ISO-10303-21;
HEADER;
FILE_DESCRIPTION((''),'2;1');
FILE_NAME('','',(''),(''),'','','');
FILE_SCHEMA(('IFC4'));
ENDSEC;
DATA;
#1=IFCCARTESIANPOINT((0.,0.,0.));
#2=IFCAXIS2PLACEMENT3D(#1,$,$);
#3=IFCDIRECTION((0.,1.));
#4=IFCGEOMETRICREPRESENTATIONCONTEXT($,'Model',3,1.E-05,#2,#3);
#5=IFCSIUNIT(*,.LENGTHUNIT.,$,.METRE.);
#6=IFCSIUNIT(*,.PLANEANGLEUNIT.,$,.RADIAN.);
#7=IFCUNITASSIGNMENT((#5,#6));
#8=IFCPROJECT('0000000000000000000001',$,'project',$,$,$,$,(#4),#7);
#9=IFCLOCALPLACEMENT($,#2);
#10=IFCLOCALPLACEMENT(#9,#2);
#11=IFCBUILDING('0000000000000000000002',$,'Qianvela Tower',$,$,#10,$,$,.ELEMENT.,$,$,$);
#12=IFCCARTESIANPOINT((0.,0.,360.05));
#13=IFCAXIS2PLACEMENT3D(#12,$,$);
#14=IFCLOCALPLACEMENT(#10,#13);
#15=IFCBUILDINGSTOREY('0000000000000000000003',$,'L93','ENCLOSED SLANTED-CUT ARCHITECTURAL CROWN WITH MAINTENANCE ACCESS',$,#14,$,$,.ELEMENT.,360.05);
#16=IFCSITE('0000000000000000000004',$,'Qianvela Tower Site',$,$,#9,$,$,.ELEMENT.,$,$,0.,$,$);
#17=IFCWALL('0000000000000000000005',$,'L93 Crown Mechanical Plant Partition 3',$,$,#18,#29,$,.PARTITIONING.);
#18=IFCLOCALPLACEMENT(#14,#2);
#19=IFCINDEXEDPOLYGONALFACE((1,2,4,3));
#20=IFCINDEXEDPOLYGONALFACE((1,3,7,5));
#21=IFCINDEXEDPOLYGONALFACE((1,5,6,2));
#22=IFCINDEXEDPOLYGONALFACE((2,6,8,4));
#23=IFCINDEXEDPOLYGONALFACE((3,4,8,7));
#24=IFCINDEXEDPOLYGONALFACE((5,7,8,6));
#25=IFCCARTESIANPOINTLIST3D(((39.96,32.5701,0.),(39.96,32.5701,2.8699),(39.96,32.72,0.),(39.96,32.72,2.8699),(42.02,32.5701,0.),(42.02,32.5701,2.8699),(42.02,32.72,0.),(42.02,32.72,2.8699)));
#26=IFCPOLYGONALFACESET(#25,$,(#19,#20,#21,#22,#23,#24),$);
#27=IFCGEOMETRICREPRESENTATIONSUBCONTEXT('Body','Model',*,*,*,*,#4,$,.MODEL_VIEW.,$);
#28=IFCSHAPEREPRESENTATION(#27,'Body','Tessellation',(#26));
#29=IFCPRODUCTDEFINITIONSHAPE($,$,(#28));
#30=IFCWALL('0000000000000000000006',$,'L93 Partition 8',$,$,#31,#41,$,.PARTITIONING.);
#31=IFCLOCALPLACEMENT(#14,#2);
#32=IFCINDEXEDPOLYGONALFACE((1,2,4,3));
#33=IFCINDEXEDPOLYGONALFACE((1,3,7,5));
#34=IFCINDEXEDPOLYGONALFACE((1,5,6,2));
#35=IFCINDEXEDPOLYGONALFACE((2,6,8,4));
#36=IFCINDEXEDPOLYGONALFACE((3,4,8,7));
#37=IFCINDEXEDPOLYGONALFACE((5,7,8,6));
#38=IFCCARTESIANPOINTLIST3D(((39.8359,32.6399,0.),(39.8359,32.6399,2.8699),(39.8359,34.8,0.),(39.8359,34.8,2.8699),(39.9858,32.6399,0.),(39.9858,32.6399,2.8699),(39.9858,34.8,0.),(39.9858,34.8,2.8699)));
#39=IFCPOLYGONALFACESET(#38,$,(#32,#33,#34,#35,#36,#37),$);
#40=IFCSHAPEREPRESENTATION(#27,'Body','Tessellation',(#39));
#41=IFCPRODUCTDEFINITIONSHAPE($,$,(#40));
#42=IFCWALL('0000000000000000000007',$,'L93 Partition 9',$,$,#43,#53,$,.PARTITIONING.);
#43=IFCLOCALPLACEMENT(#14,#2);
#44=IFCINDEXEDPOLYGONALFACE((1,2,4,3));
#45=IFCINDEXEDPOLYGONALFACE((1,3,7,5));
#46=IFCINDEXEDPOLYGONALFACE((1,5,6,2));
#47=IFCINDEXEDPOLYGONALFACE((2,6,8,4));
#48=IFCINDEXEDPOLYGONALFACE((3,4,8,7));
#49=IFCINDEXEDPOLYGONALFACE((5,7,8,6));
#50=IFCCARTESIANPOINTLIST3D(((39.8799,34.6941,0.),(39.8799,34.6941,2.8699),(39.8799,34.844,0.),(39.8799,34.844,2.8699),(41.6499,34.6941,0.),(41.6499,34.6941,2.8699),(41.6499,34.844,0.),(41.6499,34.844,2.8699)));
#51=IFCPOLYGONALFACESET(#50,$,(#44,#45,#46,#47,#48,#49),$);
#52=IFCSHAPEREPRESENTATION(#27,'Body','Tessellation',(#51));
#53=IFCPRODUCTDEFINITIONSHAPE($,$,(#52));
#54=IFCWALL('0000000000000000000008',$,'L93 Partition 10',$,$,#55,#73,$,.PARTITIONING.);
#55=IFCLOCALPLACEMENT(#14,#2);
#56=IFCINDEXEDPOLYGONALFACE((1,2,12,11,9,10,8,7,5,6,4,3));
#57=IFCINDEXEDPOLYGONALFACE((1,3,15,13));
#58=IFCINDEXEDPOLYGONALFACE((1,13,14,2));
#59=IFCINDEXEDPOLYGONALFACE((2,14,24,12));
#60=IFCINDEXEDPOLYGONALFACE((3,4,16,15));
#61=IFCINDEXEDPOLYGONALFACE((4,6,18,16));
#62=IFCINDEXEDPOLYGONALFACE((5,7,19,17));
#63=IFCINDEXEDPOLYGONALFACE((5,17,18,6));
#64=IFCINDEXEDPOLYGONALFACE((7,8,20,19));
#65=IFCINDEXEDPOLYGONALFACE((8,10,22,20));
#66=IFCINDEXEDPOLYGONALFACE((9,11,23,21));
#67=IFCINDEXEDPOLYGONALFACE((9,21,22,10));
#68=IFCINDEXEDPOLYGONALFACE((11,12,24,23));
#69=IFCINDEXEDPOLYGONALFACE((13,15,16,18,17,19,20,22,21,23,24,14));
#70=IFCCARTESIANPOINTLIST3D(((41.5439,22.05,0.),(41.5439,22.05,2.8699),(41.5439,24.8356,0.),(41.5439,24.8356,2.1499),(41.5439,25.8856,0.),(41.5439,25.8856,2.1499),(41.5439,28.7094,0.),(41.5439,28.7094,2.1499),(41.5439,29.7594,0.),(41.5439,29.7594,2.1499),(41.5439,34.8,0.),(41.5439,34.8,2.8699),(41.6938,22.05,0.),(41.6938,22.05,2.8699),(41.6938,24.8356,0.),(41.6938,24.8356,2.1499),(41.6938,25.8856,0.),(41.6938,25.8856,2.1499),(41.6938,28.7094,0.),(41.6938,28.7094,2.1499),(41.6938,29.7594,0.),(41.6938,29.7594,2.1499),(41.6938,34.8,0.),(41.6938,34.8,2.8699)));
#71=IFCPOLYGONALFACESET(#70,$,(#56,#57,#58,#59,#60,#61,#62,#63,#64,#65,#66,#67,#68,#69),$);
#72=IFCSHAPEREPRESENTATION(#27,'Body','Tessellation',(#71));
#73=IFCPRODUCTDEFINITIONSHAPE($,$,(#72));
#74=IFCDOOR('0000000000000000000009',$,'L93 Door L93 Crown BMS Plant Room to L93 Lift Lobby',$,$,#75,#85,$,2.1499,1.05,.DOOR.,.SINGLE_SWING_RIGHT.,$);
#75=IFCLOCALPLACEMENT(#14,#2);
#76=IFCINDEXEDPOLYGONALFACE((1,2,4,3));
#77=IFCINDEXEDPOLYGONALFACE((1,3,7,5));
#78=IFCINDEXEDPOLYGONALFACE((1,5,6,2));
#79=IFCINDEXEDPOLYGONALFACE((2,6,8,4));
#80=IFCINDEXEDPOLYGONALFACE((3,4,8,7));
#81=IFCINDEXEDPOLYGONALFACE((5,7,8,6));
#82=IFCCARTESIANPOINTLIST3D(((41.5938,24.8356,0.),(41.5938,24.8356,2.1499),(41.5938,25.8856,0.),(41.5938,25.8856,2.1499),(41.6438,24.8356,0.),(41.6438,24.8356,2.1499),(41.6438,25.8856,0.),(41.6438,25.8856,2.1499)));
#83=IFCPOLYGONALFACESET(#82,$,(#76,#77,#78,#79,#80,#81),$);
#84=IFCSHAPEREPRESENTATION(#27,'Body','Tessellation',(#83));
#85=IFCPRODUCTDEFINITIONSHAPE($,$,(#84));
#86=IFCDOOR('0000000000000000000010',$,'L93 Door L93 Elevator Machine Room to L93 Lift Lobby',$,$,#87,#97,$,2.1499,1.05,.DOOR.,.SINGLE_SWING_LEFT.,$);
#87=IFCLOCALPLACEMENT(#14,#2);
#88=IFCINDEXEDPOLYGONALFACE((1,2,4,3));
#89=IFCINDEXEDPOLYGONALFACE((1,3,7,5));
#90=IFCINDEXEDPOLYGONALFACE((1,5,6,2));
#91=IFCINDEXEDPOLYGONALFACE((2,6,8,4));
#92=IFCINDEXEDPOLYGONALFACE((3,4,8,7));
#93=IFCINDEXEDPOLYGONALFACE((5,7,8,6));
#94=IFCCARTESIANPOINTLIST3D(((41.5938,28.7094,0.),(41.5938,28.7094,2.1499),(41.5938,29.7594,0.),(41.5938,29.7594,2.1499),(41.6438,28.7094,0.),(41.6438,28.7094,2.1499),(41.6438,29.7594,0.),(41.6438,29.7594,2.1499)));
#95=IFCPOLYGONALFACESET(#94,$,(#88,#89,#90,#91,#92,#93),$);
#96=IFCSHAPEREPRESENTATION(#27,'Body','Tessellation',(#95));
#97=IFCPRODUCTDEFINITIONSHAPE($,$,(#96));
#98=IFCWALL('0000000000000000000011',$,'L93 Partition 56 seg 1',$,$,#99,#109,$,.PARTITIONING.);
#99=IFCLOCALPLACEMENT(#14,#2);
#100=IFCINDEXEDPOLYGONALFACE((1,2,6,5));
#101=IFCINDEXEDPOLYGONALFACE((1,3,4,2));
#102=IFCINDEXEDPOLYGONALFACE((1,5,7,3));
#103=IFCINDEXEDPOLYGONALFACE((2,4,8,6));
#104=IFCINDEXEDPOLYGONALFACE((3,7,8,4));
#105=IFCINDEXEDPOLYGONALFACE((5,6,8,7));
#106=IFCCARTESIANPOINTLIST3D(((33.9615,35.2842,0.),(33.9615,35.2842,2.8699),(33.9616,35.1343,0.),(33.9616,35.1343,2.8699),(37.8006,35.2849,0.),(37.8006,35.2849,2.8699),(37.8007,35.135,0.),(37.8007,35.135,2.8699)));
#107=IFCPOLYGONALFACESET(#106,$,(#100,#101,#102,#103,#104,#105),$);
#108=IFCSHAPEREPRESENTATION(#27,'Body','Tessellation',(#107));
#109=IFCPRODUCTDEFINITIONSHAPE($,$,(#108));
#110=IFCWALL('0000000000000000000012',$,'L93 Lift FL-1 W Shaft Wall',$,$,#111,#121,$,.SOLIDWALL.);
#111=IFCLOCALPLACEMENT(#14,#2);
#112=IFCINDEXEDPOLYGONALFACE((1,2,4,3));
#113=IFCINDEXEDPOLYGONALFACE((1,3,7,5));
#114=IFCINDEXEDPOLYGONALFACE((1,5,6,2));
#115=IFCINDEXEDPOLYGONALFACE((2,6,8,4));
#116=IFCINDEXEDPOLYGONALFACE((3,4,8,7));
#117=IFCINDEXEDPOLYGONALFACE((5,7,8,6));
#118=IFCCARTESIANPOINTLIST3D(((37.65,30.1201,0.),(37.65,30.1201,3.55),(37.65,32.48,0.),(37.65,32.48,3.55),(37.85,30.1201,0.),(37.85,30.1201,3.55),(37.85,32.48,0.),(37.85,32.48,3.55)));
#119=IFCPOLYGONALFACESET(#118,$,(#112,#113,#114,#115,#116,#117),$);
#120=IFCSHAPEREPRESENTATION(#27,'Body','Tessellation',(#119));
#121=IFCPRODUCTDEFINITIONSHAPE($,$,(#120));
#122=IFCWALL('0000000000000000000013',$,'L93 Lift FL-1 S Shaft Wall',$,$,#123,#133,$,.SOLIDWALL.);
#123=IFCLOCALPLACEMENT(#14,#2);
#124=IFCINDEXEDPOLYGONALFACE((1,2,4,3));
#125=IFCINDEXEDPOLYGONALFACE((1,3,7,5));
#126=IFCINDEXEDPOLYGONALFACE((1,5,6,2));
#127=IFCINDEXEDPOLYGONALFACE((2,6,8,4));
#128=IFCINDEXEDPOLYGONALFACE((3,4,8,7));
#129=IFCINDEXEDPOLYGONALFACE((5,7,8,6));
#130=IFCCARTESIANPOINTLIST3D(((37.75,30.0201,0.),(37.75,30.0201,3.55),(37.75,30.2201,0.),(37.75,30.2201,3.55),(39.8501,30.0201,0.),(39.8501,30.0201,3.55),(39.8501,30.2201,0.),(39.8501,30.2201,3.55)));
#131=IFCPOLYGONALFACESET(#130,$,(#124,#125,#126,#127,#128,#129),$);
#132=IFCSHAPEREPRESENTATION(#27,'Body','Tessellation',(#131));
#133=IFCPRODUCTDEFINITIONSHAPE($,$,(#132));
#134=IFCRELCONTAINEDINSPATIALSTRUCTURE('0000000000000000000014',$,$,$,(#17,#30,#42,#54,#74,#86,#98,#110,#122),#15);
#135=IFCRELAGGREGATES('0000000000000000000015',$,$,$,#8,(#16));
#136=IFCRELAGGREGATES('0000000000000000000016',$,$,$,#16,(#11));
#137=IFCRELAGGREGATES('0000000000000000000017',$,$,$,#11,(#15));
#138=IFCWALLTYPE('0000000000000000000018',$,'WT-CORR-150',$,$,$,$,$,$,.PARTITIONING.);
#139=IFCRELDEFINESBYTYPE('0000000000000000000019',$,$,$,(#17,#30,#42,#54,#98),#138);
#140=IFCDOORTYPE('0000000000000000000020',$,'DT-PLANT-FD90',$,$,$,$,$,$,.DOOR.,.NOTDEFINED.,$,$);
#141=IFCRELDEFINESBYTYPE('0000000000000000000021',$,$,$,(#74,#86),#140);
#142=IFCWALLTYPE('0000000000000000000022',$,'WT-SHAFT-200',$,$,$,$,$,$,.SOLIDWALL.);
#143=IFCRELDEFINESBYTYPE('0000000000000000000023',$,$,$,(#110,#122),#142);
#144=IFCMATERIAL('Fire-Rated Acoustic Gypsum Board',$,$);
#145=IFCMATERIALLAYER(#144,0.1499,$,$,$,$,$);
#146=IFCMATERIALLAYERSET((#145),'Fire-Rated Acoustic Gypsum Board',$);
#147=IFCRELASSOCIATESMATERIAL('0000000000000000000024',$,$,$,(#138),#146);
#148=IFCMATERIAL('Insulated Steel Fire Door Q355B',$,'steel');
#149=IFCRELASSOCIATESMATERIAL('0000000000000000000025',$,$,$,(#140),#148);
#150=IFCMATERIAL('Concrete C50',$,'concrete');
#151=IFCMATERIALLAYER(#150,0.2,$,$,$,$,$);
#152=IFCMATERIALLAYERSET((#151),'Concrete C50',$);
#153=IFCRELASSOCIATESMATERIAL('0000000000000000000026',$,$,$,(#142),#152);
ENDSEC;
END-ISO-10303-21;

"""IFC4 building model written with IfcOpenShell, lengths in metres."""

from ifc_helpers import new_model, si_unit, direction, frame, frame_2d, origin, place, context, subcontext, project, spatial, rectangle, extrude, material, layer, layer_set, type_object, element, fill, save


model = new_model("IFC4")

# Units and contexts
model_context = context("Model", 3, precision=1e-05, world=origin(), true_north=direction((0.0, 1.0)))
body_context = subcontext(model_context, "Body", "Model", "MODEL_VIEW")
ifc_project = project(units=[si_unit("LENGTHUNIT", "METRE"), si_unit("PLANEANGLEUNIT", "RADIAN")], contexts=[model_context])

# Site, building, storey
site_placement = place(None, origin())
site = spatial("IfcSite", under=ifc_project, at=site_placement, Name="Qianvela Tower Site", CompositionType="ELEMENT", RefElevation=0.0)
building_placement = place(site_placement, origin())
building = spatial("IfcBuilding", under=site, at=building_placement, Name="Qianvela Tower", CompositionType="ELEMENT")
storey_placement = place(building_placement, frame((0.0, 0.0, 360.05)))
storey = spatial("IfcBuildingStorey", under=building, at=storey_placement, Name="L93", Description="ENCLOSED SLANTED-CUT ARCHITECTURAL CROWN WITH MAINTENANCE ACCESS", CompositionType="ELEMENT", Elevation=360.05)

# Shared definitions
ifc_material_1 = material(Name="Fire-Rated Acoustic Gypsum Board")
ifc_layer_1 = layer(ifc_material_1, 0.1499)
ifc_layer_set_1 = layer_set([ifc_layer_1], Name="Fire-Rated Acoustic Gypsum Board")
wall_type_1 = type_object("IfcWallType", Name="WT-CORR-150", PredefinedType="PARTITIONING", material=ifc_layer_set_1)
ifc_material_2 = material(Name="Insulated Steel Fire Door Q355B", Category="steel")
door_type_1 = type_object("IfcDoorType", Name="DT-PLANT-FD90", OperationType="NOTDEFINED", PredefinedType="DOOR", material=ifc_material_2)

# Walls
for number, where, z_axis, x_axis, name in (
    (1, (39.96, 32.645, 0.0), (0.0, 0.0, 1.0), (1.0, 0.0, 0.0), "L93 Crown Mechanical Plant Partition 3"),
):
    element("IfcWall", number, at=place(storey_placement, frame(where, z_axis=z_axis, x_axis=x_axis)), inside=storey, type_object=wall_type_1, Name=name, PredefinedType="PARTITIONING", context=body_context, shape_type="SweptSolid", body=[
        extrude(rectangle(XDim=2.0601, YDim=0.1499, at=frame_2d((1.03, 0.0))), origin(), (0.0, 0.0, 1.0), 2.8699),
    ])
wall_1_placement = place(storey_placement, frame((39.9109, 32.6399, 0.0), z_axis=(0.0, 0.0, 1.0), x_axis=(0.0, 1.0, 0.0)))
element("IfcWall", 2, at=wall_1_placement, inside=storey, type_object=wall_type_1, Name="L93 Partition 8", PredefinedType="PARTITIONING", context=body_context, shape_type="SweptSolid", body=[
    extrude(rectangle(XDim=2.1602, YDim=0.1499, at=frame_2d((1.0801, 0.0))), origin(), (0.0, 0.0, 1.0), 2.8699),
])
wall_2_placement = place(storey_placement, frame((39.8799, 34.769, 0.0), z_axis=(0.0, 0.0, 1.0), x_axis=(1.0, 0.0, 0.0)))
element("IfcWall", 3, at=wall_2_placement, inside=storey, type_object=wall_type_1, Name="L93 Partition 9", PredefinedType="PARTITIONING", context=body_context, shape_type="SweptSolid", body=[
    extrude(rectangle(XDim=1.77, YDim=0.1499, at=frame_2d((0.885, 0.0))), origin(), (0.0, 0.0, 1.0), 2.8699),
])

# Wall, openings, doors
wall_3_placement = place(storey_placement, frame((41.6189, 34.8, 0.0), z_axis=(0.0, 0.0, 1.0), x_axis=(0.0, -1.0, 0.0)))
wall_3 = element("IfcWall", 4, at=wall_3_placement, inside=storey, type_object=wall_type_1, Name="L93 Partition 10", PredefinedType="PARTITIONING", context=body_context, shape_type="SweptSolid", body=[
    extrude(rectangle(XDim=12.75, YDim=0.1499, at=frame_2d((6.375, 0.0))), origin(), (0.0, 0.0, 1.0), 2.8699),
])
opening_1_placement = place(wall_3_placement, frame((8.9146, 0.0, 0.0)))
opening_1 = element("IfcOpeningElement", 5, at=opening_1_placement, cuts=wall_3, PredefinedType="OPENING", context=body_context, shape_type="SweptSolid", body=[
    extrude(rectangle(XDim=1.05, YDim=2.1499, at=frame_2d((0.5249, 1.075))), frame((0.0, 0.085, 0.0), z_axis=(0.0, -1.0, 0.0), x_axis=(1.0, 0.0, 0.0)), (0.0, 0.0, 1.0), 0.1699),
])
opening_2_placement = place(wall_3_placement, frame((5.0408, 0.0, 0.0)))
opening_2 = element("IfcOpeningElement", 6, at=opening_2_placement, cuts=wall_3, PredefinedType="OPENING", context=body_context, shape_type="SweptSolid", body=[
    extrude(rectangle(XDim=1.05, YDim=2.1499, at=frame_2d((0.5249, 1.075))), frame((0.0, 0.085, 0.0), z_axis=(0.0, -1.0, 0.0), x_axis=(1.0, 0.0, 0.0)), (0.0, 0.0, 1.0), 0.1699),
])
door_1_placement = place(opening_1_placement, origin())
door_1 = element("IfcDoor", 7, at=door_1_placement, inside=storey, type_object=door_type_1, Name="L93 Door L93 Crown BMS Plant Room to L93 Lift Lobby", OperationType="SINGLE_SWING_RIGHT", OverallHeight=2.1499, OverallWidth=1.05, PredefinedType="DOOR", context=body_context, shape_type="SweptSolid", body=[
    extrude(rectangle(XDim=1.05, YDim=2.1499, at=frame_2d((0.5249, 1.075))), frame((0.0, 0.0249, 0.0), z_axis=(0.0, -1.0, 0.0), x_axis=(1.0, 0.0, 0.0)), (0.0, 0.0, 1.0), 0.05),
])
fill(opening_1, door_1)
door_2_placement = place(opening_2_placement, origin())
door_2 = element("IfcDoor", 8, at=door_2_placement, inside=storey, type_object=door_type_1, Name="L93 Door L93 Elevator Machine Room to L93 Lift Lobby", OperationType="SINGLE_SWING_LEFT", OverallHeight=2.1499, OverallWidth=1.05, PredefinedType="DOOR", context=body_context, shape_type="SweptSolid", body=[
    extrude(rectangle(XDim=1.05, YDim=2.1499, at=frame_2d((0.5249, 1.075))), frame((0.0, 0.0249, 0.0), z_axis=(0.0, -1.0, 0.0), x_axis=(1.0, 0.0, 0.0)), (0.0, 0.0, 1.0), 0.05),
])
fill(opening_2, door_2)

# Wall
wall_4_placement = place(storey_placement, frame((37.8005, 35.21, 0.0), z_axis=(0.0, 0.0, 1.0), x_axis=(-1.0, -0.000191, 0.0)))
element("IfcWall", 9, at=wall_4_placement, inside=storey, type_object=wall_type_1, Name="L93 Partition 56 seg 1", PredefinedType="PARTITIONING", context=body_context, shape_type="SweptSolid", body=[
    extrude(rectangle(XDim=3.8391, YDim=0.1499, at=frame_2d((1.9194, 0.0))), origin(), (0.0, 0.0, 1.0), 2.8699),
])

# Shared definitions
ifc_material_3 = material(Name="Concrete C50", Category="concrete")
ifc_layer_2 = layer(ifc_material_3, 0.2)
ifc_layer_set_2 = layer_set([ifc_layer_2], Name="Concrete C50")
wall_type_2 = type_object("IfcWallType", Name="WT-SHAFT-200", PredefinedType="SOLIDWALL", material=ifc_layer_set_2)

# Walls
wall_5_placement = place(storey_placement, frame((37.75, 30.1201, 0.0), z_axis=(0.0, 0.0, 1.0), x_axis=(0.0, 1.0, 0.0)))
element("IfcWall", 10, at=wall_5_placement, inside=storey, type_object=wall_type_2, Name="L93 Lift FL-1 W Shaft Wall", PredefinedType="SOLIDWALL", context=body_context, shape_type="SweptSolid", body=[
    extrude(rectangle(XDim=2.3599, YDim=0.2, at=frame_2d((1.1799, 0.0))), origin(), (0.0, 0.0, 1.0), 3.55),
])
wall_6_placement = place(storey_placement, frame((37.75, 30.1201, 0.0), z_axis=(0.0, 0.0, 1.0), x_axis=(1.0, 0.0, 0.0)))
element("IfcWall", 11, at=wall_6_placement, inside=storey, type_object=wall_type_2, Name="L93 Lift FL-1 S Shaft Wall", PredefinedType="SOLIDWALL", context=body_context, shape_type="SweptSolid", body=[
    extrude(rectangle(XDim=2.1001, YDim=0.2, at=frame_2d((1.05, 0.0))), origin(), (0.0, 0.0, 1.0), 3.55),
])

save(model, "model.ifc")
